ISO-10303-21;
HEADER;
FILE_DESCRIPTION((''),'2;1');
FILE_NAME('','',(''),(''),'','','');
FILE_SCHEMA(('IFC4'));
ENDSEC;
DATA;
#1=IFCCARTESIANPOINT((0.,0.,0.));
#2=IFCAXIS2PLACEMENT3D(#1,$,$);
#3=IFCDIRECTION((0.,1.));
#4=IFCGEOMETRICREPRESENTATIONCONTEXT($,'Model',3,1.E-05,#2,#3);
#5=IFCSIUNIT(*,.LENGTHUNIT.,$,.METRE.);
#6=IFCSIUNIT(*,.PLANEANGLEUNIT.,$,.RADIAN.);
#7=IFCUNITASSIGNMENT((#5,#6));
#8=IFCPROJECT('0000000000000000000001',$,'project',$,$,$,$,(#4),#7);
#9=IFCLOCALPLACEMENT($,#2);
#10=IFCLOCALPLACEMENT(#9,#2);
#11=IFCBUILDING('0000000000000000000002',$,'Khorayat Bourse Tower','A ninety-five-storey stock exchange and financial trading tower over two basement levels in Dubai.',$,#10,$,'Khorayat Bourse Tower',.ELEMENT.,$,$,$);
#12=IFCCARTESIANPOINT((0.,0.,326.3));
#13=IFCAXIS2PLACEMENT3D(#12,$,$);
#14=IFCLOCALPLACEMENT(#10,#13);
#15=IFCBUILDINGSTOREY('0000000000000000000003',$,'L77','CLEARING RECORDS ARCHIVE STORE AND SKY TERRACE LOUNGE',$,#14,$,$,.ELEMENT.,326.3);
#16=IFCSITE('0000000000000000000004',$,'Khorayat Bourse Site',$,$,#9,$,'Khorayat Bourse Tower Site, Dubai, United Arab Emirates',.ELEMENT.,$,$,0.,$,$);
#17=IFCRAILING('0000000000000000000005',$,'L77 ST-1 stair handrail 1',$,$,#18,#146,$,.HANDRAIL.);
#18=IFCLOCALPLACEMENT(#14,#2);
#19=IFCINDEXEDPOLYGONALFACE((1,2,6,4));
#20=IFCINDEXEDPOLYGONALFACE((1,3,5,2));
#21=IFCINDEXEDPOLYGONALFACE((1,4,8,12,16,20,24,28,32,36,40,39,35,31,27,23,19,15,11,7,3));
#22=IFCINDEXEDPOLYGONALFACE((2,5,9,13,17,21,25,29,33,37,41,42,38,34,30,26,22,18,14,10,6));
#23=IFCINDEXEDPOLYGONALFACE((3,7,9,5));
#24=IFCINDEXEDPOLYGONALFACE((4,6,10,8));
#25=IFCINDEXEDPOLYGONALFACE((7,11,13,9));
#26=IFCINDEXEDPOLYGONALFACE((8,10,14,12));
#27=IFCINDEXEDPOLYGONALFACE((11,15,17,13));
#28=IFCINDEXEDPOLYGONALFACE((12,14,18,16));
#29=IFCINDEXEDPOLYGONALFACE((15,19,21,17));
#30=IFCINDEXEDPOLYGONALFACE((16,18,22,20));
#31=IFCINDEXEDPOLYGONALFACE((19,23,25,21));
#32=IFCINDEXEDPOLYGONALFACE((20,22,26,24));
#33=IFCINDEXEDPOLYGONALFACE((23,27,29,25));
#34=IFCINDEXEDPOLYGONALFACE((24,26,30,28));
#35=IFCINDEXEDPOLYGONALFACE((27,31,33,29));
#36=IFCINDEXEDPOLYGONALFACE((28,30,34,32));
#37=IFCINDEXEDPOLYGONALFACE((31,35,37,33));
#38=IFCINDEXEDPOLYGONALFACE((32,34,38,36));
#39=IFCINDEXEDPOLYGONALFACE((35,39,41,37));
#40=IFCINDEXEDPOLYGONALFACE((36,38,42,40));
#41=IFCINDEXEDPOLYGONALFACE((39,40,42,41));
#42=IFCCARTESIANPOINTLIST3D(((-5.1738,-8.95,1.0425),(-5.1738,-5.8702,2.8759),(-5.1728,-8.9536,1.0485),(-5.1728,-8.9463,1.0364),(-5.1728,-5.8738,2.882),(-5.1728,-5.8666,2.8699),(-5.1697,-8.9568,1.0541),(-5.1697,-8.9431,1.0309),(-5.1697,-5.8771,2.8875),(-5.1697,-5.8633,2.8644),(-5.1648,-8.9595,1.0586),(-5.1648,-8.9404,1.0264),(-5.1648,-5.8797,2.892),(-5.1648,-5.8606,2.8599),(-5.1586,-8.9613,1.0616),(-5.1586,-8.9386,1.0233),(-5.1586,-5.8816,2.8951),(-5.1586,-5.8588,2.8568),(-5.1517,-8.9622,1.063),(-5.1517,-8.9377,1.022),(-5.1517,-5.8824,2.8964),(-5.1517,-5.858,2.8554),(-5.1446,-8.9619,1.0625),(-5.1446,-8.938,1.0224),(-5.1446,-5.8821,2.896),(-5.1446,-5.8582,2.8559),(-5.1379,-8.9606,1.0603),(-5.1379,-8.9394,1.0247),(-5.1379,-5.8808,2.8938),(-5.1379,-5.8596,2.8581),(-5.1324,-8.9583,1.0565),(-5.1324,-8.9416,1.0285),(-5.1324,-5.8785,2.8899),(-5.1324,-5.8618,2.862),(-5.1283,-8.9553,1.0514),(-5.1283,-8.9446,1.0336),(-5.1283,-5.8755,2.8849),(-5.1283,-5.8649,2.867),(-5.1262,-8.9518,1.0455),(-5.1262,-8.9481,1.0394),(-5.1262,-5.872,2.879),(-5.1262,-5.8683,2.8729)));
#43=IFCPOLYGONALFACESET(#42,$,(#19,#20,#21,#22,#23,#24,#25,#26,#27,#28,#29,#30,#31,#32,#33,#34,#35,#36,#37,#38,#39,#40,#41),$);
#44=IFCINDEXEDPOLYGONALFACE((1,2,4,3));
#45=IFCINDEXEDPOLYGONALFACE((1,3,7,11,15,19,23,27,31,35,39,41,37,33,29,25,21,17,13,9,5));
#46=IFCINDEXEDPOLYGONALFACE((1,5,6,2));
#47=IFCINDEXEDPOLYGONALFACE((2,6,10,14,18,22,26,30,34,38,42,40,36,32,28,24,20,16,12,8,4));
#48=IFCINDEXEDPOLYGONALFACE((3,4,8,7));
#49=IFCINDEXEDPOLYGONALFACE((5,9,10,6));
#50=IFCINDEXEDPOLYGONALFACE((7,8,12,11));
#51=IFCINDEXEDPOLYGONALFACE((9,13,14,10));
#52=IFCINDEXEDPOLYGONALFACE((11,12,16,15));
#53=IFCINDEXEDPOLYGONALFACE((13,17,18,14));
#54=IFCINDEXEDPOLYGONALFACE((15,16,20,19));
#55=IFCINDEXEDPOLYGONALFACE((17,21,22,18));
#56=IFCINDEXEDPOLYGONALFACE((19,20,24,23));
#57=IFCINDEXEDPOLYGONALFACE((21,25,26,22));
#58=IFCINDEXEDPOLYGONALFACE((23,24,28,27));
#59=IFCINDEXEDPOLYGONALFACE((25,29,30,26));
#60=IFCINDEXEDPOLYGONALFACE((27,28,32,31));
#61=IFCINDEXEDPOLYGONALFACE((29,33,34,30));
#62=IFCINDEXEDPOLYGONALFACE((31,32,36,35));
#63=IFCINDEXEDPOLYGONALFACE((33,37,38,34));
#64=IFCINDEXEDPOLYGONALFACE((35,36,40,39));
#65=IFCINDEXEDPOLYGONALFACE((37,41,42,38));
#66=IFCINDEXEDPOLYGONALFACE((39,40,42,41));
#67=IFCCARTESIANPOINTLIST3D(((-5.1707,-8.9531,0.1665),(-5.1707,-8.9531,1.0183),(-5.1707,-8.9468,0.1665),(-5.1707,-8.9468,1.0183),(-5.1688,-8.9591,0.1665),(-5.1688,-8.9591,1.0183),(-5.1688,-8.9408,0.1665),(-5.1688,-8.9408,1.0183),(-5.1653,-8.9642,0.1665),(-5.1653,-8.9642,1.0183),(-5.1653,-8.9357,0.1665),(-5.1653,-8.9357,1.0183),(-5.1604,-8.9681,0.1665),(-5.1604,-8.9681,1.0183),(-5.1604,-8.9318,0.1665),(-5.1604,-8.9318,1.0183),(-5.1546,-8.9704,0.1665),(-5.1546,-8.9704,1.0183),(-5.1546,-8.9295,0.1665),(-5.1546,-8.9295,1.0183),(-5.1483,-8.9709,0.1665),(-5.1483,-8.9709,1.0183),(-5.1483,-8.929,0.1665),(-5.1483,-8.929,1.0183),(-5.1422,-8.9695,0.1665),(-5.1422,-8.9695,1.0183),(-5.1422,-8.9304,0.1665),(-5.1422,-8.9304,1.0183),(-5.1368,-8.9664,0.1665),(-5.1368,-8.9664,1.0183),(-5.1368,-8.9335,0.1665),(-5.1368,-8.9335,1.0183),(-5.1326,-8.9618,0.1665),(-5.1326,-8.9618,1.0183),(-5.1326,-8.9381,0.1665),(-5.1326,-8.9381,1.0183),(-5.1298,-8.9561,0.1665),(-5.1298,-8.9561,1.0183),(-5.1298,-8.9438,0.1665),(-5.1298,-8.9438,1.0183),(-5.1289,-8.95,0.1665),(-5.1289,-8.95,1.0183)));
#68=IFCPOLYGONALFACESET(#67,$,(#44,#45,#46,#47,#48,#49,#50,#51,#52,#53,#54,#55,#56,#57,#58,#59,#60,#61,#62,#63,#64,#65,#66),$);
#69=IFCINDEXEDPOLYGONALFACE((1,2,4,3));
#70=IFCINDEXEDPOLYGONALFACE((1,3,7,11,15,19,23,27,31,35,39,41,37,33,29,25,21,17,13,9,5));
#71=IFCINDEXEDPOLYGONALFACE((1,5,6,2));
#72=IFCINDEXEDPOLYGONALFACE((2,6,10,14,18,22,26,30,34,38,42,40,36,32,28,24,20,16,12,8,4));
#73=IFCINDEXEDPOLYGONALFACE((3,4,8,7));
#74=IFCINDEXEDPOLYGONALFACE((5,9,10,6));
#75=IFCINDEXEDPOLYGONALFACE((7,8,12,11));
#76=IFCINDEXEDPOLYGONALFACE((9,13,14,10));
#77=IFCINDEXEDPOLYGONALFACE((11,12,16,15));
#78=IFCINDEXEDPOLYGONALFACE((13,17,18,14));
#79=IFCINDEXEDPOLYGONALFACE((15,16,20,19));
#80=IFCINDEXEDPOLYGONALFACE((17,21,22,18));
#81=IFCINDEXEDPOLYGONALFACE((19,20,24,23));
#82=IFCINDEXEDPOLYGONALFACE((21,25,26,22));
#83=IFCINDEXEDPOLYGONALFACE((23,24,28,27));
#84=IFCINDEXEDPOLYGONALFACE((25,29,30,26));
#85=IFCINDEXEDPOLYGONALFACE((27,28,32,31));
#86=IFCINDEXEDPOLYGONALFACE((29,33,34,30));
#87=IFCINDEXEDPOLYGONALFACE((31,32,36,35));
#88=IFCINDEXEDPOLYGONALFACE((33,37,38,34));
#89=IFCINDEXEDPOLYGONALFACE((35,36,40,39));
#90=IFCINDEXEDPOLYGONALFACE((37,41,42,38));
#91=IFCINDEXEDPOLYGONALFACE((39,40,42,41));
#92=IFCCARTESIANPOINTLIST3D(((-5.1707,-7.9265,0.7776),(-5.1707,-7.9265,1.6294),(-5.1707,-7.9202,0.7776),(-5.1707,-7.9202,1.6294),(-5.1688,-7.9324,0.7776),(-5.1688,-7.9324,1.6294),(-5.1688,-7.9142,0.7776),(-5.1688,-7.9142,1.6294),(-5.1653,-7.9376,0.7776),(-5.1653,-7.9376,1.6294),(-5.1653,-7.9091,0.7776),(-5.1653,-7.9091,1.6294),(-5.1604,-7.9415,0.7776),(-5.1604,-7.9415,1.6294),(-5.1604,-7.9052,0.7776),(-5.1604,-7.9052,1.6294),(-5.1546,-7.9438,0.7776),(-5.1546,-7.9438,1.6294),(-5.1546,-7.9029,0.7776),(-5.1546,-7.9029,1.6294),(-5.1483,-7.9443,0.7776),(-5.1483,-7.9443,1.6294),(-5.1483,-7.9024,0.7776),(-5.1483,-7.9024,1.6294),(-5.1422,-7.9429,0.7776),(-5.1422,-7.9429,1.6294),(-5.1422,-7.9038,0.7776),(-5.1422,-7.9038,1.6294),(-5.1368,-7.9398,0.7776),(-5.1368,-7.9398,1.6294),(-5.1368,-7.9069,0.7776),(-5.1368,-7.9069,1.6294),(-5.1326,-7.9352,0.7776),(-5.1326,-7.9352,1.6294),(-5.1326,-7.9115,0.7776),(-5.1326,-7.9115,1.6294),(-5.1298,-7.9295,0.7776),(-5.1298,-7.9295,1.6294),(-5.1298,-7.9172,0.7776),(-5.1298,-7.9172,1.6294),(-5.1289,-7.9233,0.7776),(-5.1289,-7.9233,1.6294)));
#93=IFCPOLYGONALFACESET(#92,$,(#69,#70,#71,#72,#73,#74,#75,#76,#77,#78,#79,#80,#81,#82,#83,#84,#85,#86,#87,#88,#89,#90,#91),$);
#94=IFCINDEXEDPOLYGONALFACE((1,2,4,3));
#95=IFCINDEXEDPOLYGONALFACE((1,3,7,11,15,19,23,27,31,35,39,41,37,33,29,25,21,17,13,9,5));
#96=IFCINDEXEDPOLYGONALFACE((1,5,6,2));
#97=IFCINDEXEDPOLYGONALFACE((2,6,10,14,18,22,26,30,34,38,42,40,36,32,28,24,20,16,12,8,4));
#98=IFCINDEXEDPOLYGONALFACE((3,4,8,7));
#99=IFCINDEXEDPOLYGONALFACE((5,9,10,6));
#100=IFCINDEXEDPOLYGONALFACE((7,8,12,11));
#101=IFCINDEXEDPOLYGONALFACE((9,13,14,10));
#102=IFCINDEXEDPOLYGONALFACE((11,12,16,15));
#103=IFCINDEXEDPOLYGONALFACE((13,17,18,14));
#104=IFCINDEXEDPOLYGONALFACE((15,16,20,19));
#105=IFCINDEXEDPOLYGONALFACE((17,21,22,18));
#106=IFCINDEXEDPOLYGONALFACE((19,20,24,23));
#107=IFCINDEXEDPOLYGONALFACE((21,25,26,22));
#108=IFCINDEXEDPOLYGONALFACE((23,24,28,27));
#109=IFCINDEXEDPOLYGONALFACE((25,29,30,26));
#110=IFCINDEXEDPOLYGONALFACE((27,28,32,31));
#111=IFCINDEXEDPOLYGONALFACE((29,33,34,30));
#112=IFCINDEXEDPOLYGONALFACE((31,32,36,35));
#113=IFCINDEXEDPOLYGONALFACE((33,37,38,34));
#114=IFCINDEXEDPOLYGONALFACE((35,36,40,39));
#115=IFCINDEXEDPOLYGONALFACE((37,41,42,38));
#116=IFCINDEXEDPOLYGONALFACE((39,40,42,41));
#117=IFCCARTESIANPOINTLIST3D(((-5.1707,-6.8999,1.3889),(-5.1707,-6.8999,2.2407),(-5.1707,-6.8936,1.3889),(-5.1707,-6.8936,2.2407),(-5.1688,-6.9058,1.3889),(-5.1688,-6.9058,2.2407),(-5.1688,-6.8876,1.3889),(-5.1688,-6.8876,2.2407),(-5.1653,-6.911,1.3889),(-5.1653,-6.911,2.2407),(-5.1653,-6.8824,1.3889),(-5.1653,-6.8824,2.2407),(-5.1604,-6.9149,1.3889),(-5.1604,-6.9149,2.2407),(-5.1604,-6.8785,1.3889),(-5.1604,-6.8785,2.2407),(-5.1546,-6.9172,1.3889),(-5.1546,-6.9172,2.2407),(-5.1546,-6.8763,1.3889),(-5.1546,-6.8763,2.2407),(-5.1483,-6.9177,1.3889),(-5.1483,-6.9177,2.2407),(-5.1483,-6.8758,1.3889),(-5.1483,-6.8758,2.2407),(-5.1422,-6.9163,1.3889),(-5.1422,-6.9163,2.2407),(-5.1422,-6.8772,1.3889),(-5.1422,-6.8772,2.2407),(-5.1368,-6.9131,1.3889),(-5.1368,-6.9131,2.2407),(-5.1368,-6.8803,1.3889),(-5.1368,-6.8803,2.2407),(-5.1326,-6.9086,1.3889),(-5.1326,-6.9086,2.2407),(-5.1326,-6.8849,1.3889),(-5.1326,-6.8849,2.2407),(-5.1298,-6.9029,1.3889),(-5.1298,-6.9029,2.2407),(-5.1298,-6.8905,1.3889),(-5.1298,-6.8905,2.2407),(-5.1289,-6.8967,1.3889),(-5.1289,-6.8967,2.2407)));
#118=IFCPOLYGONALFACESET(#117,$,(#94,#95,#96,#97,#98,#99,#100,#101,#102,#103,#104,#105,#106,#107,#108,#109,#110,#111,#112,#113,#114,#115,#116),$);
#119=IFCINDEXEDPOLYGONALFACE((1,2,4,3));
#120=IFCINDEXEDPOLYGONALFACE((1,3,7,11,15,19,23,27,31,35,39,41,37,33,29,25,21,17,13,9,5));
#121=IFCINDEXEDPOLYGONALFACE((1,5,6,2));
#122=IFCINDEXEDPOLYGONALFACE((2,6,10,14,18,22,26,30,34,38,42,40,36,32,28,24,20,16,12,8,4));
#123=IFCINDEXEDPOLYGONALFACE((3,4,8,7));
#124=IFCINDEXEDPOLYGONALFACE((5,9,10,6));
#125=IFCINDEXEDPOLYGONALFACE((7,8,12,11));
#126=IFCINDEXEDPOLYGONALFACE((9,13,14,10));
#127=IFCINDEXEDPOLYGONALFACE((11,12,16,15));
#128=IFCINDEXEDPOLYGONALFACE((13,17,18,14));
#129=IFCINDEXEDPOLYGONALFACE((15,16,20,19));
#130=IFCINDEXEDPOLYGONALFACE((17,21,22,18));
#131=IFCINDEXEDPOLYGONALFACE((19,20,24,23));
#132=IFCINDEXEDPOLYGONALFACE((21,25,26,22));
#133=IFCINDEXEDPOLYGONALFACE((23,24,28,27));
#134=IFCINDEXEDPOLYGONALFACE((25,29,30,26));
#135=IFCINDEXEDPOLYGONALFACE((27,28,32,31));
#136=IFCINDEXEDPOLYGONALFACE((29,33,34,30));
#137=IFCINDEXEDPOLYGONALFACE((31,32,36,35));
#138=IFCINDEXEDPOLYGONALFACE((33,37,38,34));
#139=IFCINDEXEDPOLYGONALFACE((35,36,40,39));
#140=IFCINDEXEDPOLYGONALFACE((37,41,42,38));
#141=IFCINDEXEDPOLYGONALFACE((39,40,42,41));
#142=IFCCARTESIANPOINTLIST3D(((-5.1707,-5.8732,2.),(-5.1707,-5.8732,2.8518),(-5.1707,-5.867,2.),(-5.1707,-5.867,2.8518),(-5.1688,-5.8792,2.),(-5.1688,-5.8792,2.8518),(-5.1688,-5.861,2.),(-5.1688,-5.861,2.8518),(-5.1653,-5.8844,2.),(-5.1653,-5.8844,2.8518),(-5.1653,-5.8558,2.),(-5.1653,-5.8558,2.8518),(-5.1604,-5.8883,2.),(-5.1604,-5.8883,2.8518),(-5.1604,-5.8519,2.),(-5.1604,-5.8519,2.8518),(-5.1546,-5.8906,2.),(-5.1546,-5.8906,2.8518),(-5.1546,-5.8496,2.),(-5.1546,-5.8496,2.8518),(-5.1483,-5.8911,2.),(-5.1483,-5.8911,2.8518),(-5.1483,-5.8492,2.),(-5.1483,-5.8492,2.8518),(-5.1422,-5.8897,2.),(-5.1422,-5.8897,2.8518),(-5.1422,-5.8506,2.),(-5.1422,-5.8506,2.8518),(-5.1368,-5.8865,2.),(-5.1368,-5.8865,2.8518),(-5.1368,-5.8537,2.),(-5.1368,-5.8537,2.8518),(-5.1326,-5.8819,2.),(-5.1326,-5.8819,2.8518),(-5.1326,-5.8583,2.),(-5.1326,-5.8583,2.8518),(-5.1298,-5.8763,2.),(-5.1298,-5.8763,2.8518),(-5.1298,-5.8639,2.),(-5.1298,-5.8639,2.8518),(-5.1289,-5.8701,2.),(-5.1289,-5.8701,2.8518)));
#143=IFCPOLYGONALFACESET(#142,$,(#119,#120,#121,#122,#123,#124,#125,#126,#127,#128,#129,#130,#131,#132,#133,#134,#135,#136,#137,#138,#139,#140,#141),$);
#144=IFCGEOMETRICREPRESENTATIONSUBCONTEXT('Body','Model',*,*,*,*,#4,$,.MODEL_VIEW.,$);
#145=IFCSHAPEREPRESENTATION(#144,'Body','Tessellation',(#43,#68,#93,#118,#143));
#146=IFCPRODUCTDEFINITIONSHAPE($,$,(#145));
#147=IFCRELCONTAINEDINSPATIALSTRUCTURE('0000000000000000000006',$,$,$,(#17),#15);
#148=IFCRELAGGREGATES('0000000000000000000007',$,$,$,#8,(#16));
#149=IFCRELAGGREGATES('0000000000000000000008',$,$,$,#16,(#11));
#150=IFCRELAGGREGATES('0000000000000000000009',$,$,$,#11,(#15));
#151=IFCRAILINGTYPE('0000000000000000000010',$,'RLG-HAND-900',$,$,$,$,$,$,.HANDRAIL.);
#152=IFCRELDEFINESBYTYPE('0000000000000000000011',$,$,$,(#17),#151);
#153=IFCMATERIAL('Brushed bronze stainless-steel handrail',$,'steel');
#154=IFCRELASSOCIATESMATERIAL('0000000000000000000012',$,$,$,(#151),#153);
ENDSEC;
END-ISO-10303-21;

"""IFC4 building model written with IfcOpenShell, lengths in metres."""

from ifc_helpers import new_model, si_unit, direction, frame, origin, origin_2d, place, context, subcontext, project, spatial, circle, extrude, source, transform, mapped, material, type_object, element, save


model = new_model("IFC4")

# Units and contexts
model_context = context("Model", 3, precision=1e-05, world=origin(), true_north=direction((0.0, 1.0)))
body_context = subcontext(model_context, "Body", "Model", "MODEL_VIEW")
ifc_project = project(units=[si_unit("LENGTHUNIT", "METRE"), si_unit("PLANEANGLEUNIT", "RADIAN")], contexts=[model_context])

# Site, building, storey
site_placement = place(None, origin())
site = spatial("IfcSite", under=ifc_project, at=site_placement, Name="Khorayat Bourse Site", LongName="Khorayat Bourse Tower Site, Dubai, United Arab Emirates", CompositionType="ELEMENT", RefElevation=0.0)
building_placement = place(site_placement, origin())
building = spatial("IfcBuilding", under=site, at=building_placement, Name="Khorayat Bourse Tower", Description="A ninety-five-storey stock exchange and financial trading tower over two basement levels in Dubai.", LongName="Khorayat Bourse Tower", CompositionType="ELEMENT")
storey_placement = place(building_placement, frame((0.0, 0.0, 326.3)))
storey = spatial("IfcBuildingStorey", under=building, at=storey_placement, Name="L77", Description="CLEARING RECORDS ARCHIVE STORE AND SKY TERRACE LOUNGE", CompositionType="ELEMENT", Elevation=326.3)

# Railing
ifc_material_1 = material(Name="Brushed bronze stainless-steel handrail", Category="steel")
railing_type_1 = type_object("IfcRailingType", Name="RLG-HAND-900", PredefinedType="HANDRAIL", material=ifc_material_1)
shared_shape_1 = source(origin(), body_context, "Body", "SweptSolid", [
    extrude(circle(Radius=0.0239, at=origin_2d()), frame((0.0, 0.0, 0.876), z_axis=(0.0, 0.859261, 0.511538), x_axis=(-1.0, 0.0, 0.0)), (0.0, 0.0, 1.0), 3.5842),
    extrude(circle(Radius=0.021, at=origin_2d()), origin(), (0.0, 0.0, 1.0), 0.8518),
    extrude(circle(Radius=0.021, at=origin_2d()), frame((0.0, 1.0266, 0.6111)), (0.0, 0.0, 1.0), 0.8518),
    extrude(circle(Radius=0.021, at=origin_2d()), frame((0.0, 2.0532, 1.2224)), (0.0, 0.0, 1.0), 0.8518),
    extrude(circle(Radius=0.021, at=origin_2d()), frame((0.0, 3.0798, 1.8335)), (0.0, 0.0, 1.0), 0.8518),
])
railing_1_placement = place(storey_placement, frame((-5.1499, -8.95, 0.1665)))
element("IfcRailing", 1, at=railing_1_placement, inside=storey, type_object=railing_type_1, Name="L77 ST-1 stair handrail 1", PredefinedType="HANDRAIL", context=body_context, shape_type="MappedRepresentation", body=[
    mapped(shared_shape_1, transform((0.0, 0.0, 0.0), scale=1.0)),
])

save(model, "model.ifc")
